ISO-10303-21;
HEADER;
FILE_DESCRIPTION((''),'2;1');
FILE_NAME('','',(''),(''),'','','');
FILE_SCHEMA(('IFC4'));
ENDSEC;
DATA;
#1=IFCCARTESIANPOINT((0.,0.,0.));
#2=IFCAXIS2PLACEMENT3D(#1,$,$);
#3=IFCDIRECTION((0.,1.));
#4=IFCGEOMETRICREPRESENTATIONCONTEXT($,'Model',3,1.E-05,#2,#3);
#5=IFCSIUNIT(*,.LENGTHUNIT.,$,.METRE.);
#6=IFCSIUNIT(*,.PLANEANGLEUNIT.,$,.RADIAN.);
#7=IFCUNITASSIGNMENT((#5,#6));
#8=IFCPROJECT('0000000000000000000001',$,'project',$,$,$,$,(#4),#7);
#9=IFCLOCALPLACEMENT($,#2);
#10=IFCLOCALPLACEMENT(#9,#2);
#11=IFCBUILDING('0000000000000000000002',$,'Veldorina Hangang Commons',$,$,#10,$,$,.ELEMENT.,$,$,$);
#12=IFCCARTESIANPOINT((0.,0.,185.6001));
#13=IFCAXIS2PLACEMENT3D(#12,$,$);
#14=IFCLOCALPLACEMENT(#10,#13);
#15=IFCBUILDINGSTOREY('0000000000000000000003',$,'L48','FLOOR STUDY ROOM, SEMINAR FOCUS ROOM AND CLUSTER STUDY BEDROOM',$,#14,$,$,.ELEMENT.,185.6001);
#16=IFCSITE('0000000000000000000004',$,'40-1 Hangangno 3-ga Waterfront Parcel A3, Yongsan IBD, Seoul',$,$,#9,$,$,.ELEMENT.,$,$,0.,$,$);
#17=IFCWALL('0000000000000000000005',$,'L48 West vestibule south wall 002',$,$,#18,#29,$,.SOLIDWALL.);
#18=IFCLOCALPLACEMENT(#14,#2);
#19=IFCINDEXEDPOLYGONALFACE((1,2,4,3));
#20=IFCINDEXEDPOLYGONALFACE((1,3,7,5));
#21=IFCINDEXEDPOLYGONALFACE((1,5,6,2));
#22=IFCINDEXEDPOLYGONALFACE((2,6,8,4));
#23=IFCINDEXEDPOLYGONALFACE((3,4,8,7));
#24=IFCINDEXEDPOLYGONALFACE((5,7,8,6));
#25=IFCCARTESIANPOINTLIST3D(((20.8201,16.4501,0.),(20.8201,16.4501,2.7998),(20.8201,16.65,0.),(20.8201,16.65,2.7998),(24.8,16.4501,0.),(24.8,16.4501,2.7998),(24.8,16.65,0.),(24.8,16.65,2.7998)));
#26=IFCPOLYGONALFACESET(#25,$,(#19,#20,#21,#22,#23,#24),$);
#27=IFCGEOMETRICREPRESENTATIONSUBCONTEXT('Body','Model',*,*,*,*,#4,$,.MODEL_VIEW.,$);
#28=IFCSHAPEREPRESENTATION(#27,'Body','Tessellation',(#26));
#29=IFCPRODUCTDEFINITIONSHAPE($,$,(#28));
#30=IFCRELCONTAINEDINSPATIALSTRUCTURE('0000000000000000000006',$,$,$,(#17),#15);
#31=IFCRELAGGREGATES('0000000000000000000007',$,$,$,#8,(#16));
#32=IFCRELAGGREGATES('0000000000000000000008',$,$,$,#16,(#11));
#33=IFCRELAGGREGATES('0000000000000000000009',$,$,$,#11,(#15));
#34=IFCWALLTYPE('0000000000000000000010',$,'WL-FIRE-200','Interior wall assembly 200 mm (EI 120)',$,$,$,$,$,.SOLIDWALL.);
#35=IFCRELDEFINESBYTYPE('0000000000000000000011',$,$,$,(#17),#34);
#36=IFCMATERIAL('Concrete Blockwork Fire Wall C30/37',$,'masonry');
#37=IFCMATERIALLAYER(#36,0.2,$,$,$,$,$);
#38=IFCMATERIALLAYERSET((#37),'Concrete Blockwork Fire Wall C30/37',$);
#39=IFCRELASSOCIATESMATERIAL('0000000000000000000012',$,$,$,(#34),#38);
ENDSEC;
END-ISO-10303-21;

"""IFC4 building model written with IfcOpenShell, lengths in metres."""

from ifc_helpers import new_model, si_unit, direction, frame, frame_2d, origin, place, context, subcontext, project, spatial, rectangle, extrude, material, layer, layer_set, type_object, element, save


model = new_model("IFC4")

# Units and contexts
model_context = context("Model", 3, precision=1e-05, world=origin(), true_north=direction((0.0, 1.0)))
body_context = subcontext(model_context, "Body", "Model", "MODEL_VIEW")
ifc_project = project(units=[si_unit("LENGTHUNIT", "METRE"), si_unit("PLANEANGLEUNIT", "RADIAN")], contexts=[model_context])

# Site, building, storey
site_placement = place(None, origin())
site = spatial("IfcSite", under=ifc_project, at=site_placement, Name="40-1 Hangangno 3-ga Waterfront Parcel A3, Yongsan IBD, Seoul", CompositionType="ELEMENT", RefElevation=0.0)
building_placement = place(site_placement, origin())
building = spatial("IfcBuilding", under=site, at=building_placement, Name="Veldorina Hangang Commons", CompositionType="ELEMENT")
storey_placement = place(building_placement, frame((0.0, 0.0, 185.6001)))
storey = spatial("IfcBuildingStorey", under=building, at=storey_placement, Name="L48", Description="FLOOR STUDY ROOM, SEMINAR FOCUS ROOM AND CLUSTER STUDY BEDROOM", CompositionType="ELEMENT", Elevation=185.6001)

# Shared definitions
ifc_material_1 = material(Name="Concrete Blockwork Fire Wall C30/37", Category="masonry")
ifc_layer_1 = layer(ifc_material_1, 0.2)
ifc_layer_set_1 = layer_set([ifc_layer_1], Name="Concrete Blockwork Fire Wall C30/37")
wall_type_1 = type_object("IfcWallType", Name="WL-FIRE-200", Description="Interior wall assembly 200 mm (EI 120)", PredefinedType="SOLIDWALL", material=ifc_layer_set_1)

# Wall
wall_1_placement = place(storey_placement, frame((20.8201, 16.55, 0.0), z_axis=(0.0, 0.0, 1.0), x_axis=(1.0, 0.0, 0.0)))
element("IfcWall", 1, at=wall_1_placement, inside=storey, type_object=wall_type_1, Name="L48 West vestibule south wall 002", PredefinedType="SOLIDWALL", context=body_context, shape_type="SweptSolid", body=[
    extrude(rectangle(XDim=3.98, YDim=0.2, at=frame_2d((1.99, 0.0))), origin(), (0.0, 0.0, 1.0), 2.7998),
])

save(model, "model.ifc")
